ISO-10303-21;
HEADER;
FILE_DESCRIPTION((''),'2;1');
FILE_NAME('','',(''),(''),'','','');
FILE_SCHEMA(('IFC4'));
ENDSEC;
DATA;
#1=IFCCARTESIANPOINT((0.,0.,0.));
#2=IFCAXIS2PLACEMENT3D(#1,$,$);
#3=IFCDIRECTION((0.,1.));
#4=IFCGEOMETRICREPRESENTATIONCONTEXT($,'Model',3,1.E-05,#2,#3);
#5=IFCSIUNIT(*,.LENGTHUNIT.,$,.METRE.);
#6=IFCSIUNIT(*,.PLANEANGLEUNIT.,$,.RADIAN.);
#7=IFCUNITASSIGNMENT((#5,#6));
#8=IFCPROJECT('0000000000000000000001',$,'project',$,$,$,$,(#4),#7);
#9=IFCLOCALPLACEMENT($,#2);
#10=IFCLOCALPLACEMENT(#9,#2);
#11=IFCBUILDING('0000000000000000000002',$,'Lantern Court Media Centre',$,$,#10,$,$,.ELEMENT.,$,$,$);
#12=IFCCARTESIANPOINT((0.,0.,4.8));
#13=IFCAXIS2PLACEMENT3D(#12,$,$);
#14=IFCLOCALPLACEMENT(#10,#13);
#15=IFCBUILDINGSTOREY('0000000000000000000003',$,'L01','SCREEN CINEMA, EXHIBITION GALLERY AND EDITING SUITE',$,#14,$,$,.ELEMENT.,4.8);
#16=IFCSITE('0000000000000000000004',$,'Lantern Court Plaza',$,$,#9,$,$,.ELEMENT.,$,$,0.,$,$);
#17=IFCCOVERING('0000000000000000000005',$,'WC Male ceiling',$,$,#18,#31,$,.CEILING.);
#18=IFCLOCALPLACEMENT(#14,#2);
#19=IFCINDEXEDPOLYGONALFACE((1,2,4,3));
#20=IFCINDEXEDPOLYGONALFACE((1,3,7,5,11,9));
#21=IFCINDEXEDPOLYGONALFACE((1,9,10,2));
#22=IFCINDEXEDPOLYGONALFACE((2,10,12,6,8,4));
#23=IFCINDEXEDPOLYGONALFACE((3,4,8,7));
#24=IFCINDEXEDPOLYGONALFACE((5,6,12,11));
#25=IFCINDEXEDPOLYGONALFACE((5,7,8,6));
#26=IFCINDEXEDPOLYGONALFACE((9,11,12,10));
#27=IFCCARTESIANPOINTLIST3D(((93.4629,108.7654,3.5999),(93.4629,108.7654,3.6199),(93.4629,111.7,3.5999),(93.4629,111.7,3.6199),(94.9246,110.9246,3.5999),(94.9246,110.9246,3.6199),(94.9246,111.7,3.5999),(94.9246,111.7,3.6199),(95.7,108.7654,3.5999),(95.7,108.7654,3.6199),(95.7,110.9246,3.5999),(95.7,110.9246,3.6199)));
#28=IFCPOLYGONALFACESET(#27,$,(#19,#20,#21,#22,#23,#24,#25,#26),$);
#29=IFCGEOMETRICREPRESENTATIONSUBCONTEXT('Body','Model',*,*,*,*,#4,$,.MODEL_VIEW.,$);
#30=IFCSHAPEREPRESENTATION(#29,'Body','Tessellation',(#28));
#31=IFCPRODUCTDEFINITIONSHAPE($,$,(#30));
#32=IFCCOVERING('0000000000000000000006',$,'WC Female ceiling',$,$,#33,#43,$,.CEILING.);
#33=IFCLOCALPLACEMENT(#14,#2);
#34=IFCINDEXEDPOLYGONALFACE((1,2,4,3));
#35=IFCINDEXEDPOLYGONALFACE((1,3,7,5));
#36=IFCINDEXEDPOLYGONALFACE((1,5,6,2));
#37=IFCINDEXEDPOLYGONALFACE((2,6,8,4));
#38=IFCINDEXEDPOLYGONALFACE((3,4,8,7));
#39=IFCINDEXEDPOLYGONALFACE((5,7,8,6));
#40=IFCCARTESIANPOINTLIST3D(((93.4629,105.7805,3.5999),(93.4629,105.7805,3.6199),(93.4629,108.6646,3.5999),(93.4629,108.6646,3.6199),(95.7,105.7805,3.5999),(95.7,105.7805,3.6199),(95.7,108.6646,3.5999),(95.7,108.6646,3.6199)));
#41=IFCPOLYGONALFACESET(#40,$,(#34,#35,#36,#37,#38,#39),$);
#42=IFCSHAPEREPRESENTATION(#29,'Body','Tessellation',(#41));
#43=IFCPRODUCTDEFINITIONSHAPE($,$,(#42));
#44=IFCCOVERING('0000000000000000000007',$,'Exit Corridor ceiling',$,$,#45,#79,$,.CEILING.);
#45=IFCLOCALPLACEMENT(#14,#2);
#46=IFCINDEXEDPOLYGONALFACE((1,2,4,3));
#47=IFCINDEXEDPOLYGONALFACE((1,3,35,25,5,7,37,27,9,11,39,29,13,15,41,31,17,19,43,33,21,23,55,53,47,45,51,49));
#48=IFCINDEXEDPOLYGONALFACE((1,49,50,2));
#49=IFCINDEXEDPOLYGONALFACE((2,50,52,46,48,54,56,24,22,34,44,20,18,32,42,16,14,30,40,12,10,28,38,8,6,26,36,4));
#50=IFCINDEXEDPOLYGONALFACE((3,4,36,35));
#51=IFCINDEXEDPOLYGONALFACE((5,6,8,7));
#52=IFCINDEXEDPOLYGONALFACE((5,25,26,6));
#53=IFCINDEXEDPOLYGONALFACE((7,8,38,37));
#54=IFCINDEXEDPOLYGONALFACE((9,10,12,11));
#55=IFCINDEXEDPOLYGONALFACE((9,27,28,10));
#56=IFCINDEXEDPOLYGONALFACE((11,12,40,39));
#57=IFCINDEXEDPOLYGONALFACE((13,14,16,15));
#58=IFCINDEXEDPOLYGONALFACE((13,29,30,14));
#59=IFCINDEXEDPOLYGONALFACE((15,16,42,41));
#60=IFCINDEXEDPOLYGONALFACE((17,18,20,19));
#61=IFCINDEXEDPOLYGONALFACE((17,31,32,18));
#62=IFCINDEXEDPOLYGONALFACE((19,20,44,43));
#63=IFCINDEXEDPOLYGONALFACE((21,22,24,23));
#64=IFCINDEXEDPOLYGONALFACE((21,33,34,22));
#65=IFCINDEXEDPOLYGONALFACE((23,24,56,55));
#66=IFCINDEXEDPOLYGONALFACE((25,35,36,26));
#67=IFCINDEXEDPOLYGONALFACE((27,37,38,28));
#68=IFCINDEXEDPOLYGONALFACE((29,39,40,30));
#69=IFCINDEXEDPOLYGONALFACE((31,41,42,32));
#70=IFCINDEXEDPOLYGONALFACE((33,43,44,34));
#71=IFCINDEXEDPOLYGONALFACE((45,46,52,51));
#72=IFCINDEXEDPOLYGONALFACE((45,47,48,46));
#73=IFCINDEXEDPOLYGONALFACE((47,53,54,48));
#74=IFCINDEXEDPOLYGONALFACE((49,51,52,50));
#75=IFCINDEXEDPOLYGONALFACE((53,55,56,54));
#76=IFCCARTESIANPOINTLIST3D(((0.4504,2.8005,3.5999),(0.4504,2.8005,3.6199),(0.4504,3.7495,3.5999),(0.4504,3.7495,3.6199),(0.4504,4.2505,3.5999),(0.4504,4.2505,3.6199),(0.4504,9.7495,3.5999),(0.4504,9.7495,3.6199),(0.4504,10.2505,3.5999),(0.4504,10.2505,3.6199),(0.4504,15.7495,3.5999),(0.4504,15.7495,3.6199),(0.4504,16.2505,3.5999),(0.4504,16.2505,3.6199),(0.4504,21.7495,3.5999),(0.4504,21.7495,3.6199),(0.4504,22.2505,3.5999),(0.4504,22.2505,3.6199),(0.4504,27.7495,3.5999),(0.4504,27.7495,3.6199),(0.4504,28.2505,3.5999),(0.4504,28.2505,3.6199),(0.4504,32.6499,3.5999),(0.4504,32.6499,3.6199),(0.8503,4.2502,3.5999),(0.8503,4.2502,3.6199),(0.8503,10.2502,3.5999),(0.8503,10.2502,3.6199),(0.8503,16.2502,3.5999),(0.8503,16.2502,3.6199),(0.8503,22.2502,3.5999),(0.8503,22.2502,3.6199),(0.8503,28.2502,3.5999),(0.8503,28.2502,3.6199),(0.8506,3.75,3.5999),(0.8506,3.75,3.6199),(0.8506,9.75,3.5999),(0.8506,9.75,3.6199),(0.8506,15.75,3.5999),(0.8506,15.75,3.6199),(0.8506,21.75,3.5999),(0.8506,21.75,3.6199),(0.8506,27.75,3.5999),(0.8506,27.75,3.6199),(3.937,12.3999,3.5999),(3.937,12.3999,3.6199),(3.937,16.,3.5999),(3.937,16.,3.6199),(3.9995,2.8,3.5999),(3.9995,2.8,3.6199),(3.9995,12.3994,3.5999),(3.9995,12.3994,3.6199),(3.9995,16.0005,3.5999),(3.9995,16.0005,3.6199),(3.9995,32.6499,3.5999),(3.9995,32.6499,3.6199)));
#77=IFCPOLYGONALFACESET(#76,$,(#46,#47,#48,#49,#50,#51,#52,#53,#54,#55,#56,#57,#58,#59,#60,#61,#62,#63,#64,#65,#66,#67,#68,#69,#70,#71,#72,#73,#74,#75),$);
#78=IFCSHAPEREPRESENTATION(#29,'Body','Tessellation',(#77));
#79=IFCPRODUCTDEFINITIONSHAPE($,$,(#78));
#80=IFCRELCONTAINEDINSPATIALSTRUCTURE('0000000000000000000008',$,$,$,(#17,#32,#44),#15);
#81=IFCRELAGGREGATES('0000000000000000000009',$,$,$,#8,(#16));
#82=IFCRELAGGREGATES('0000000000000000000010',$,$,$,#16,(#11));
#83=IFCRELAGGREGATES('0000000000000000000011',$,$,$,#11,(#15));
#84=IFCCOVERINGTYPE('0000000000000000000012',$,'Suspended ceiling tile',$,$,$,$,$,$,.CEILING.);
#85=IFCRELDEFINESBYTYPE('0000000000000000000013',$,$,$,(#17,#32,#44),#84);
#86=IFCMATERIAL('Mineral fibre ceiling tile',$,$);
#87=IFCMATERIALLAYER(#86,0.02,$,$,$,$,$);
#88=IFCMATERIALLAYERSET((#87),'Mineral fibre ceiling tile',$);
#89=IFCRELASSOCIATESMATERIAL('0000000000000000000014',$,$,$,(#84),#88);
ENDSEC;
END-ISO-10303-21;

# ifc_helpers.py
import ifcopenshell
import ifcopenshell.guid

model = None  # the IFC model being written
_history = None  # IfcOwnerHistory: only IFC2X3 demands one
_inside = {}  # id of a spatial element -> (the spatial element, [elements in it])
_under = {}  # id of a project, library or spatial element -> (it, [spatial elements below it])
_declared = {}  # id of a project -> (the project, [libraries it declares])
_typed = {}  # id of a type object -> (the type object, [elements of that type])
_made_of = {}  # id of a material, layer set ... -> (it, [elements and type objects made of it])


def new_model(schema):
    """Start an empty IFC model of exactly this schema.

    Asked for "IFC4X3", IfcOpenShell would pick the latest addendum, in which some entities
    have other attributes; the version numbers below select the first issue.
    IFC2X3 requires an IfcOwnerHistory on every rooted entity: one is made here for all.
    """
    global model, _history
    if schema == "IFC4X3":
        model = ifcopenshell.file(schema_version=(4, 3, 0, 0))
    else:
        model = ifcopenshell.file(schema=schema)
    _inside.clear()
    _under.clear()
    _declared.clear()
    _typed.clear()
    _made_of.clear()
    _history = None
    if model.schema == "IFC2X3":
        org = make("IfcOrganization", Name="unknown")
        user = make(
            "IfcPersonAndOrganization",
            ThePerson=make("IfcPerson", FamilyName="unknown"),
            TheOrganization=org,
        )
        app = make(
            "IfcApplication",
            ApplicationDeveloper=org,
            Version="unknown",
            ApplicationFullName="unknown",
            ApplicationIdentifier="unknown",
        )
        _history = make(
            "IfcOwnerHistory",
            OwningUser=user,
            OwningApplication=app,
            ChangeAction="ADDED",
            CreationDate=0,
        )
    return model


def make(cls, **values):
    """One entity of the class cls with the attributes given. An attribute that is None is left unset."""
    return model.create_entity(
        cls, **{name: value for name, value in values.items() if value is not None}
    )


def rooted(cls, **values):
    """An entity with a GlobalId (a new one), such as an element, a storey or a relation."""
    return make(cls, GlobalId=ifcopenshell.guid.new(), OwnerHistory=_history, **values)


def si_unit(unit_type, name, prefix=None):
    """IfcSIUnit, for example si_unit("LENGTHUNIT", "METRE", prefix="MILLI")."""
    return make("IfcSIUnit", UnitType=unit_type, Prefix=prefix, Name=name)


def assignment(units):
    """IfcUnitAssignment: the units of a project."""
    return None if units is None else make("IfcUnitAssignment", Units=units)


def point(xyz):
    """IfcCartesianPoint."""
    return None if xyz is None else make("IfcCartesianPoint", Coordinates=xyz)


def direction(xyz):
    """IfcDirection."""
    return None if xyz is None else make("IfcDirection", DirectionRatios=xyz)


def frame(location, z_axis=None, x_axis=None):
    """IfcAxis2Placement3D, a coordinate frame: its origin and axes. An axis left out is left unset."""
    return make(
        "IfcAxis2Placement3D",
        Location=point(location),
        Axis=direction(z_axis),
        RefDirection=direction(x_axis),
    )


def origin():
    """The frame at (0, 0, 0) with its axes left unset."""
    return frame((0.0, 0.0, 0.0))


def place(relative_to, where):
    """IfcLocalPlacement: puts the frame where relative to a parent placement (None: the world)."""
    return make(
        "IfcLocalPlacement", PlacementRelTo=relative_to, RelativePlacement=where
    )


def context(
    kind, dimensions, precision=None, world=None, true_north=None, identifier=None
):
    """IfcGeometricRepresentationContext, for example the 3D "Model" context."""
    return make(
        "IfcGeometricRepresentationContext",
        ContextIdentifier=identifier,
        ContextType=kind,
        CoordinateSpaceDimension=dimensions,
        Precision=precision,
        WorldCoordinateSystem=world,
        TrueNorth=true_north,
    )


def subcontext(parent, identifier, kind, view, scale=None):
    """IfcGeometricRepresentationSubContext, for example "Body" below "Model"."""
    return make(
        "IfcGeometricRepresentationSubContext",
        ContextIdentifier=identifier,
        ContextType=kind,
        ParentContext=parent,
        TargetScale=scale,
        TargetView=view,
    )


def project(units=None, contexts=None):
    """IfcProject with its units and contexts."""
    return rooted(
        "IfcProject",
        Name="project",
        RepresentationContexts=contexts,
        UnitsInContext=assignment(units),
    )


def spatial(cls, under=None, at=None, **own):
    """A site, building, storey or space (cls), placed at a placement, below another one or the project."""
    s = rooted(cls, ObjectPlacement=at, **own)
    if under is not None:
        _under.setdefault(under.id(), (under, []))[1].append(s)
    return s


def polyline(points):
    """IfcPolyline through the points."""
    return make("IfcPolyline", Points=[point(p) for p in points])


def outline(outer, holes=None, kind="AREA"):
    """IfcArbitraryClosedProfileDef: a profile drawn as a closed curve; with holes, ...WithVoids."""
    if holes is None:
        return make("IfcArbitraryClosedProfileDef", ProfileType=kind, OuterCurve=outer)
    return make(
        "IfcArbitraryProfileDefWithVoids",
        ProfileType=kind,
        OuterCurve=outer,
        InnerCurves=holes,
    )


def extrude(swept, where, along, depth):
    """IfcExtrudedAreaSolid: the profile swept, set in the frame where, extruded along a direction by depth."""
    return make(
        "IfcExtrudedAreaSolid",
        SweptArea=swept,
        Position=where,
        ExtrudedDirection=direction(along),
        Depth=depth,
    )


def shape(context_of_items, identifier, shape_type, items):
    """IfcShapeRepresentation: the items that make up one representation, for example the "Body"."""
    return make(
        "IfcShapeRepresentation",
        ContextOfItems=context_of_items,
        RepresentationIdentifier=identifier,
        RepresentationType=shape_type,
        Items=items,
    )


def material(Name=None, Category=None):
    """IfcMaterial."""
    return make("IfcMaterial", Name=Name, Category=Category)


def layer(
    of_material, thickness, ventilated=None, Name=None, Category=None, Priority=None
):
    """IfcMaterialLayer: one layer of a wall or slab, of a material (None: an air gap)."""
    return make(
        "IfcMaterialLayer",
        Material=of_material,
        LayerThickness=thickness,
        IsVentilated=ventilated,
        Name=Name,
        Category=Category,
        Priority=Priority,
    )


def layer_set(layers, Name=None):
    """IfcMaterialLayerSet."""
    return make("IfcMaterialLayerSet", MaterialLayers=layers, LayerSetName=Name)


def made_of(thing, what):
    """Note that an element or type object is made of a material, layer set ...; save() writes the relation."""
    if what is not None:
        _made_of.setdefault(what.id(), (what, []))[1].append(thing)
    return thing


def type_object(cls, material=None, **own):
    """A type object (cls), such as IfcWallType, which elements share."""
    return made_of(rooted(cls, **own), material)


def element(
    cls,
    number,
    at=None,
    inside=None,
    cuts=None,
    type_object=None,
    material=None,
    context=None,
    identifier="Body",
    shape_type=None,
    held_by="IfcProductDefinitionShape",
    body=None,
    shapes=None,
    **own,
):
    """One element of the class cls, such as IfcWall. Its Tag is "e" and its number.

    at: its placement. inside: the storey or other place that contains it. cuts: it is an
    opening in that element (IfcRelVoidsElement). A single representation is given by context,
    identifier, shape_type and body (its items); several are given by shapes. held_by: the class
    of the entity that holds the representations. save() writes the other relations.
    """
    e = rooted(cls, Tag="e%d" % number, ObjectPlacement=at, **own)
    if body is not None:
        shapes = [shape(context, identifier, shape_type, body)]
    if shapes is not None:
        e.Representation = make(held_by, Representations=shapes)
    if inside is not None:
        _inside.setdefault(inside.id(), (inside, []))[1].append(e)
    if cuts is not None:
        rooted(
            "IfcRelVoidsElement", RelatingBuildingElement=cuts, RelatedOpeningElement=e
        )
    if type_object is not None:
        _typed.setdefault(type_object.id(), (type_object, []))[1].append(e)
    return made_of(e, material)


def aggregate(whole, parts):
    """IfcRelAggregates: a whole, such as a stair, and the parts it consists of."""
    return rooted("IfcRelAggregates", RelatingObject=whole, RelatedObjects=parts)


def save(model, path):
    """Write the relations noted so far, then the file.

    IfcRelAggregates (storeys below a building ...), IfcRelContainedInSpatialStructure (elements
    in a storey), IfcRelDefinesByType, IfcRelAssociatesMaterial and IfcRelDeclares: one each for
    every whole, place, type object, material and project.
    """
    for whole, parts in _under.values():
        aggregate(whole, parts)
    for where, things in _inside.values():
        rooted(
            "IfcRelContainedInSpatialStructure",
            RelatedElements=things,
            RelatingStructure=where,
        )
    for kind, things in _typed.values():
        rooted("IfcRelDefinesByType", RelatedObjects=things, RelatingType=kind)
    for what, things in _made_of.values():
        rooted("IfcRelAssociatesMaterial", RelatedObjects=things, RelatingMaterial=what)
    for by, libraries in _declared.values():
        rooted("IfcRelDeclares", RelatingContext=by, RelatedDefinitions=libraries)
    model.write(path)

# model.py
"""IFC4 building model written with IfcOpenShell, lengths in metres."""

from ifc_helpers import new_model, si_unit, direction, frame, origin, place, context, subcontext, project, spatial, polyline, outline, extrude, material, layer, layer_set, type_object, element, save


model = new_model("IFC4")

# Units and contexts
model_context = context("Model", 3, precision=1e-05, world=origin(), true_north=direction((0.0, 1.0)))
body_context = subcontext(model_context, "Body", "Model", "MODEL_VIEW")
ifc_project = project(units=[si_unit("LENGTHUNIT", "METRE"), si_unit("PLANEANGLEUNIT", "RADIAN")], contexts=[model_context])

# Site, building, storey
site_placement = place(None, origin())
site = spatial("IfcSite", under=ifc_project, at=site_placement, Name="Lantern Court Plaza", CompositionType="ELEMENT", RefElevation=0.0)
building_placement = place(site_placement, origin())
building = spatial("IfcBuilding", under=site, at=building_placement, Name="Lantern Court Media Centre", CompositionType="ELEMENT")
storey_placement = place(building_placement, frame((0.0, 0.0, 4.8)))
storey = spatial("IfcBuildingStorey", under=building, at=storey_placement, Name="L01", Description="SCREEN CINEMA, EXHIBITION GALLERY AND EDITING SUITE", CompositionType="ELEMENT", Elevation=4.8)

# Coverings
ifc_material = material(Name="Mineral fibre ceiling tile")
ifc_layer = layer(ifc_material, 0.02)
ifc_layer_set = layer_set([ifc_layer], Name="Mineral fibre ceiling tile")
covering_type = type_object("IfcCoveringType", Name="Suspended ceiling tile", PredefinedType="CEILING", material=ifc_layer_set)
covering_1_placement = place(storey_placement, frame((0.0, 0.0, 3.5999)))
element("IfcCovering", 1, at=covering_1_placement, inside=storey, type_object=covering_type, Name="WC Male ceiling", PredefinedType="CEILING", context=body_context, shape_type="SweptSolid", body=[
    extrude(outline(polyline([(95.7, 108.7654), (93.4629, 108.7654), (93.4629, 111.7), (94.9246, 111.7), (94.9246, 110.9246), (95.7, 110.9246), (95.7, 108.7654)])), origin(), (0.0, 0.0, 1.0), 0.02),
])
covering_2_placement = place(storey_placement, frame((0.0, 0.0, 3.5999)))
element("IfcCovering", 2, at=covering_2_placement, inside=storey, type_object=covering_type, Name="WC Female ceiling", PredefinedType="CEILING", context=body_context, shape_type="SweptSolid", body=[
    extrude(outline(polyline([(95.7, 105.7805), (93.4629, 105.7805), (93.4629, 108.6646), (95.7, 108.6646), (95.7, 105.7805)])), origin(), (0.0, 0.0, 1.0), 0.02),
])
covering_3_placement = place(storey_placement, frame((0.0, 0.0, 3.5999)))
element("IfcCovering", 3, at=covering_3_placement, inside=storey, type_object=covering_type, Name="Exit Corridor ceiling", PredefinedType="CEILING", context=body_context, shape_type="SweptSolid", body=[
    extrude(outline(polyline([(3.9995, 32.6499), (3.9995, 16.0005), (3.937, 16.0), (3.937, 12.3999), (3.9995, 12.3994), (3.9995, 2.8), (0.4504, 2.8005), (0.4504, 3.7495), (0.8506, 3.75), (0.8503, 4.2502), (0.4504, 4.2505), (0.4504, 9.7495), (0.8506, 9.75), (0.8503, 10.2502), (0.4504, 10.2505), (0.4504, 15.7495), (0.8506, 15.75), (0.8503, 16.2502), (0.4504, 16.2505), (0.4504, 21.7495), (0.8506, 21.75), (0.8503, 22.2502), (0.4504, 22.2505), (0.4504, 27.7495), (0.8506, 27.75), (0.8503, 28.2502), (0.4504, 28.2505), (0.4504, 32.6499), (3.9995, 32.6499)])), origin(), (0.0, 0.0, 1.0), 0.02),
])

save(model, "model.ifc")
